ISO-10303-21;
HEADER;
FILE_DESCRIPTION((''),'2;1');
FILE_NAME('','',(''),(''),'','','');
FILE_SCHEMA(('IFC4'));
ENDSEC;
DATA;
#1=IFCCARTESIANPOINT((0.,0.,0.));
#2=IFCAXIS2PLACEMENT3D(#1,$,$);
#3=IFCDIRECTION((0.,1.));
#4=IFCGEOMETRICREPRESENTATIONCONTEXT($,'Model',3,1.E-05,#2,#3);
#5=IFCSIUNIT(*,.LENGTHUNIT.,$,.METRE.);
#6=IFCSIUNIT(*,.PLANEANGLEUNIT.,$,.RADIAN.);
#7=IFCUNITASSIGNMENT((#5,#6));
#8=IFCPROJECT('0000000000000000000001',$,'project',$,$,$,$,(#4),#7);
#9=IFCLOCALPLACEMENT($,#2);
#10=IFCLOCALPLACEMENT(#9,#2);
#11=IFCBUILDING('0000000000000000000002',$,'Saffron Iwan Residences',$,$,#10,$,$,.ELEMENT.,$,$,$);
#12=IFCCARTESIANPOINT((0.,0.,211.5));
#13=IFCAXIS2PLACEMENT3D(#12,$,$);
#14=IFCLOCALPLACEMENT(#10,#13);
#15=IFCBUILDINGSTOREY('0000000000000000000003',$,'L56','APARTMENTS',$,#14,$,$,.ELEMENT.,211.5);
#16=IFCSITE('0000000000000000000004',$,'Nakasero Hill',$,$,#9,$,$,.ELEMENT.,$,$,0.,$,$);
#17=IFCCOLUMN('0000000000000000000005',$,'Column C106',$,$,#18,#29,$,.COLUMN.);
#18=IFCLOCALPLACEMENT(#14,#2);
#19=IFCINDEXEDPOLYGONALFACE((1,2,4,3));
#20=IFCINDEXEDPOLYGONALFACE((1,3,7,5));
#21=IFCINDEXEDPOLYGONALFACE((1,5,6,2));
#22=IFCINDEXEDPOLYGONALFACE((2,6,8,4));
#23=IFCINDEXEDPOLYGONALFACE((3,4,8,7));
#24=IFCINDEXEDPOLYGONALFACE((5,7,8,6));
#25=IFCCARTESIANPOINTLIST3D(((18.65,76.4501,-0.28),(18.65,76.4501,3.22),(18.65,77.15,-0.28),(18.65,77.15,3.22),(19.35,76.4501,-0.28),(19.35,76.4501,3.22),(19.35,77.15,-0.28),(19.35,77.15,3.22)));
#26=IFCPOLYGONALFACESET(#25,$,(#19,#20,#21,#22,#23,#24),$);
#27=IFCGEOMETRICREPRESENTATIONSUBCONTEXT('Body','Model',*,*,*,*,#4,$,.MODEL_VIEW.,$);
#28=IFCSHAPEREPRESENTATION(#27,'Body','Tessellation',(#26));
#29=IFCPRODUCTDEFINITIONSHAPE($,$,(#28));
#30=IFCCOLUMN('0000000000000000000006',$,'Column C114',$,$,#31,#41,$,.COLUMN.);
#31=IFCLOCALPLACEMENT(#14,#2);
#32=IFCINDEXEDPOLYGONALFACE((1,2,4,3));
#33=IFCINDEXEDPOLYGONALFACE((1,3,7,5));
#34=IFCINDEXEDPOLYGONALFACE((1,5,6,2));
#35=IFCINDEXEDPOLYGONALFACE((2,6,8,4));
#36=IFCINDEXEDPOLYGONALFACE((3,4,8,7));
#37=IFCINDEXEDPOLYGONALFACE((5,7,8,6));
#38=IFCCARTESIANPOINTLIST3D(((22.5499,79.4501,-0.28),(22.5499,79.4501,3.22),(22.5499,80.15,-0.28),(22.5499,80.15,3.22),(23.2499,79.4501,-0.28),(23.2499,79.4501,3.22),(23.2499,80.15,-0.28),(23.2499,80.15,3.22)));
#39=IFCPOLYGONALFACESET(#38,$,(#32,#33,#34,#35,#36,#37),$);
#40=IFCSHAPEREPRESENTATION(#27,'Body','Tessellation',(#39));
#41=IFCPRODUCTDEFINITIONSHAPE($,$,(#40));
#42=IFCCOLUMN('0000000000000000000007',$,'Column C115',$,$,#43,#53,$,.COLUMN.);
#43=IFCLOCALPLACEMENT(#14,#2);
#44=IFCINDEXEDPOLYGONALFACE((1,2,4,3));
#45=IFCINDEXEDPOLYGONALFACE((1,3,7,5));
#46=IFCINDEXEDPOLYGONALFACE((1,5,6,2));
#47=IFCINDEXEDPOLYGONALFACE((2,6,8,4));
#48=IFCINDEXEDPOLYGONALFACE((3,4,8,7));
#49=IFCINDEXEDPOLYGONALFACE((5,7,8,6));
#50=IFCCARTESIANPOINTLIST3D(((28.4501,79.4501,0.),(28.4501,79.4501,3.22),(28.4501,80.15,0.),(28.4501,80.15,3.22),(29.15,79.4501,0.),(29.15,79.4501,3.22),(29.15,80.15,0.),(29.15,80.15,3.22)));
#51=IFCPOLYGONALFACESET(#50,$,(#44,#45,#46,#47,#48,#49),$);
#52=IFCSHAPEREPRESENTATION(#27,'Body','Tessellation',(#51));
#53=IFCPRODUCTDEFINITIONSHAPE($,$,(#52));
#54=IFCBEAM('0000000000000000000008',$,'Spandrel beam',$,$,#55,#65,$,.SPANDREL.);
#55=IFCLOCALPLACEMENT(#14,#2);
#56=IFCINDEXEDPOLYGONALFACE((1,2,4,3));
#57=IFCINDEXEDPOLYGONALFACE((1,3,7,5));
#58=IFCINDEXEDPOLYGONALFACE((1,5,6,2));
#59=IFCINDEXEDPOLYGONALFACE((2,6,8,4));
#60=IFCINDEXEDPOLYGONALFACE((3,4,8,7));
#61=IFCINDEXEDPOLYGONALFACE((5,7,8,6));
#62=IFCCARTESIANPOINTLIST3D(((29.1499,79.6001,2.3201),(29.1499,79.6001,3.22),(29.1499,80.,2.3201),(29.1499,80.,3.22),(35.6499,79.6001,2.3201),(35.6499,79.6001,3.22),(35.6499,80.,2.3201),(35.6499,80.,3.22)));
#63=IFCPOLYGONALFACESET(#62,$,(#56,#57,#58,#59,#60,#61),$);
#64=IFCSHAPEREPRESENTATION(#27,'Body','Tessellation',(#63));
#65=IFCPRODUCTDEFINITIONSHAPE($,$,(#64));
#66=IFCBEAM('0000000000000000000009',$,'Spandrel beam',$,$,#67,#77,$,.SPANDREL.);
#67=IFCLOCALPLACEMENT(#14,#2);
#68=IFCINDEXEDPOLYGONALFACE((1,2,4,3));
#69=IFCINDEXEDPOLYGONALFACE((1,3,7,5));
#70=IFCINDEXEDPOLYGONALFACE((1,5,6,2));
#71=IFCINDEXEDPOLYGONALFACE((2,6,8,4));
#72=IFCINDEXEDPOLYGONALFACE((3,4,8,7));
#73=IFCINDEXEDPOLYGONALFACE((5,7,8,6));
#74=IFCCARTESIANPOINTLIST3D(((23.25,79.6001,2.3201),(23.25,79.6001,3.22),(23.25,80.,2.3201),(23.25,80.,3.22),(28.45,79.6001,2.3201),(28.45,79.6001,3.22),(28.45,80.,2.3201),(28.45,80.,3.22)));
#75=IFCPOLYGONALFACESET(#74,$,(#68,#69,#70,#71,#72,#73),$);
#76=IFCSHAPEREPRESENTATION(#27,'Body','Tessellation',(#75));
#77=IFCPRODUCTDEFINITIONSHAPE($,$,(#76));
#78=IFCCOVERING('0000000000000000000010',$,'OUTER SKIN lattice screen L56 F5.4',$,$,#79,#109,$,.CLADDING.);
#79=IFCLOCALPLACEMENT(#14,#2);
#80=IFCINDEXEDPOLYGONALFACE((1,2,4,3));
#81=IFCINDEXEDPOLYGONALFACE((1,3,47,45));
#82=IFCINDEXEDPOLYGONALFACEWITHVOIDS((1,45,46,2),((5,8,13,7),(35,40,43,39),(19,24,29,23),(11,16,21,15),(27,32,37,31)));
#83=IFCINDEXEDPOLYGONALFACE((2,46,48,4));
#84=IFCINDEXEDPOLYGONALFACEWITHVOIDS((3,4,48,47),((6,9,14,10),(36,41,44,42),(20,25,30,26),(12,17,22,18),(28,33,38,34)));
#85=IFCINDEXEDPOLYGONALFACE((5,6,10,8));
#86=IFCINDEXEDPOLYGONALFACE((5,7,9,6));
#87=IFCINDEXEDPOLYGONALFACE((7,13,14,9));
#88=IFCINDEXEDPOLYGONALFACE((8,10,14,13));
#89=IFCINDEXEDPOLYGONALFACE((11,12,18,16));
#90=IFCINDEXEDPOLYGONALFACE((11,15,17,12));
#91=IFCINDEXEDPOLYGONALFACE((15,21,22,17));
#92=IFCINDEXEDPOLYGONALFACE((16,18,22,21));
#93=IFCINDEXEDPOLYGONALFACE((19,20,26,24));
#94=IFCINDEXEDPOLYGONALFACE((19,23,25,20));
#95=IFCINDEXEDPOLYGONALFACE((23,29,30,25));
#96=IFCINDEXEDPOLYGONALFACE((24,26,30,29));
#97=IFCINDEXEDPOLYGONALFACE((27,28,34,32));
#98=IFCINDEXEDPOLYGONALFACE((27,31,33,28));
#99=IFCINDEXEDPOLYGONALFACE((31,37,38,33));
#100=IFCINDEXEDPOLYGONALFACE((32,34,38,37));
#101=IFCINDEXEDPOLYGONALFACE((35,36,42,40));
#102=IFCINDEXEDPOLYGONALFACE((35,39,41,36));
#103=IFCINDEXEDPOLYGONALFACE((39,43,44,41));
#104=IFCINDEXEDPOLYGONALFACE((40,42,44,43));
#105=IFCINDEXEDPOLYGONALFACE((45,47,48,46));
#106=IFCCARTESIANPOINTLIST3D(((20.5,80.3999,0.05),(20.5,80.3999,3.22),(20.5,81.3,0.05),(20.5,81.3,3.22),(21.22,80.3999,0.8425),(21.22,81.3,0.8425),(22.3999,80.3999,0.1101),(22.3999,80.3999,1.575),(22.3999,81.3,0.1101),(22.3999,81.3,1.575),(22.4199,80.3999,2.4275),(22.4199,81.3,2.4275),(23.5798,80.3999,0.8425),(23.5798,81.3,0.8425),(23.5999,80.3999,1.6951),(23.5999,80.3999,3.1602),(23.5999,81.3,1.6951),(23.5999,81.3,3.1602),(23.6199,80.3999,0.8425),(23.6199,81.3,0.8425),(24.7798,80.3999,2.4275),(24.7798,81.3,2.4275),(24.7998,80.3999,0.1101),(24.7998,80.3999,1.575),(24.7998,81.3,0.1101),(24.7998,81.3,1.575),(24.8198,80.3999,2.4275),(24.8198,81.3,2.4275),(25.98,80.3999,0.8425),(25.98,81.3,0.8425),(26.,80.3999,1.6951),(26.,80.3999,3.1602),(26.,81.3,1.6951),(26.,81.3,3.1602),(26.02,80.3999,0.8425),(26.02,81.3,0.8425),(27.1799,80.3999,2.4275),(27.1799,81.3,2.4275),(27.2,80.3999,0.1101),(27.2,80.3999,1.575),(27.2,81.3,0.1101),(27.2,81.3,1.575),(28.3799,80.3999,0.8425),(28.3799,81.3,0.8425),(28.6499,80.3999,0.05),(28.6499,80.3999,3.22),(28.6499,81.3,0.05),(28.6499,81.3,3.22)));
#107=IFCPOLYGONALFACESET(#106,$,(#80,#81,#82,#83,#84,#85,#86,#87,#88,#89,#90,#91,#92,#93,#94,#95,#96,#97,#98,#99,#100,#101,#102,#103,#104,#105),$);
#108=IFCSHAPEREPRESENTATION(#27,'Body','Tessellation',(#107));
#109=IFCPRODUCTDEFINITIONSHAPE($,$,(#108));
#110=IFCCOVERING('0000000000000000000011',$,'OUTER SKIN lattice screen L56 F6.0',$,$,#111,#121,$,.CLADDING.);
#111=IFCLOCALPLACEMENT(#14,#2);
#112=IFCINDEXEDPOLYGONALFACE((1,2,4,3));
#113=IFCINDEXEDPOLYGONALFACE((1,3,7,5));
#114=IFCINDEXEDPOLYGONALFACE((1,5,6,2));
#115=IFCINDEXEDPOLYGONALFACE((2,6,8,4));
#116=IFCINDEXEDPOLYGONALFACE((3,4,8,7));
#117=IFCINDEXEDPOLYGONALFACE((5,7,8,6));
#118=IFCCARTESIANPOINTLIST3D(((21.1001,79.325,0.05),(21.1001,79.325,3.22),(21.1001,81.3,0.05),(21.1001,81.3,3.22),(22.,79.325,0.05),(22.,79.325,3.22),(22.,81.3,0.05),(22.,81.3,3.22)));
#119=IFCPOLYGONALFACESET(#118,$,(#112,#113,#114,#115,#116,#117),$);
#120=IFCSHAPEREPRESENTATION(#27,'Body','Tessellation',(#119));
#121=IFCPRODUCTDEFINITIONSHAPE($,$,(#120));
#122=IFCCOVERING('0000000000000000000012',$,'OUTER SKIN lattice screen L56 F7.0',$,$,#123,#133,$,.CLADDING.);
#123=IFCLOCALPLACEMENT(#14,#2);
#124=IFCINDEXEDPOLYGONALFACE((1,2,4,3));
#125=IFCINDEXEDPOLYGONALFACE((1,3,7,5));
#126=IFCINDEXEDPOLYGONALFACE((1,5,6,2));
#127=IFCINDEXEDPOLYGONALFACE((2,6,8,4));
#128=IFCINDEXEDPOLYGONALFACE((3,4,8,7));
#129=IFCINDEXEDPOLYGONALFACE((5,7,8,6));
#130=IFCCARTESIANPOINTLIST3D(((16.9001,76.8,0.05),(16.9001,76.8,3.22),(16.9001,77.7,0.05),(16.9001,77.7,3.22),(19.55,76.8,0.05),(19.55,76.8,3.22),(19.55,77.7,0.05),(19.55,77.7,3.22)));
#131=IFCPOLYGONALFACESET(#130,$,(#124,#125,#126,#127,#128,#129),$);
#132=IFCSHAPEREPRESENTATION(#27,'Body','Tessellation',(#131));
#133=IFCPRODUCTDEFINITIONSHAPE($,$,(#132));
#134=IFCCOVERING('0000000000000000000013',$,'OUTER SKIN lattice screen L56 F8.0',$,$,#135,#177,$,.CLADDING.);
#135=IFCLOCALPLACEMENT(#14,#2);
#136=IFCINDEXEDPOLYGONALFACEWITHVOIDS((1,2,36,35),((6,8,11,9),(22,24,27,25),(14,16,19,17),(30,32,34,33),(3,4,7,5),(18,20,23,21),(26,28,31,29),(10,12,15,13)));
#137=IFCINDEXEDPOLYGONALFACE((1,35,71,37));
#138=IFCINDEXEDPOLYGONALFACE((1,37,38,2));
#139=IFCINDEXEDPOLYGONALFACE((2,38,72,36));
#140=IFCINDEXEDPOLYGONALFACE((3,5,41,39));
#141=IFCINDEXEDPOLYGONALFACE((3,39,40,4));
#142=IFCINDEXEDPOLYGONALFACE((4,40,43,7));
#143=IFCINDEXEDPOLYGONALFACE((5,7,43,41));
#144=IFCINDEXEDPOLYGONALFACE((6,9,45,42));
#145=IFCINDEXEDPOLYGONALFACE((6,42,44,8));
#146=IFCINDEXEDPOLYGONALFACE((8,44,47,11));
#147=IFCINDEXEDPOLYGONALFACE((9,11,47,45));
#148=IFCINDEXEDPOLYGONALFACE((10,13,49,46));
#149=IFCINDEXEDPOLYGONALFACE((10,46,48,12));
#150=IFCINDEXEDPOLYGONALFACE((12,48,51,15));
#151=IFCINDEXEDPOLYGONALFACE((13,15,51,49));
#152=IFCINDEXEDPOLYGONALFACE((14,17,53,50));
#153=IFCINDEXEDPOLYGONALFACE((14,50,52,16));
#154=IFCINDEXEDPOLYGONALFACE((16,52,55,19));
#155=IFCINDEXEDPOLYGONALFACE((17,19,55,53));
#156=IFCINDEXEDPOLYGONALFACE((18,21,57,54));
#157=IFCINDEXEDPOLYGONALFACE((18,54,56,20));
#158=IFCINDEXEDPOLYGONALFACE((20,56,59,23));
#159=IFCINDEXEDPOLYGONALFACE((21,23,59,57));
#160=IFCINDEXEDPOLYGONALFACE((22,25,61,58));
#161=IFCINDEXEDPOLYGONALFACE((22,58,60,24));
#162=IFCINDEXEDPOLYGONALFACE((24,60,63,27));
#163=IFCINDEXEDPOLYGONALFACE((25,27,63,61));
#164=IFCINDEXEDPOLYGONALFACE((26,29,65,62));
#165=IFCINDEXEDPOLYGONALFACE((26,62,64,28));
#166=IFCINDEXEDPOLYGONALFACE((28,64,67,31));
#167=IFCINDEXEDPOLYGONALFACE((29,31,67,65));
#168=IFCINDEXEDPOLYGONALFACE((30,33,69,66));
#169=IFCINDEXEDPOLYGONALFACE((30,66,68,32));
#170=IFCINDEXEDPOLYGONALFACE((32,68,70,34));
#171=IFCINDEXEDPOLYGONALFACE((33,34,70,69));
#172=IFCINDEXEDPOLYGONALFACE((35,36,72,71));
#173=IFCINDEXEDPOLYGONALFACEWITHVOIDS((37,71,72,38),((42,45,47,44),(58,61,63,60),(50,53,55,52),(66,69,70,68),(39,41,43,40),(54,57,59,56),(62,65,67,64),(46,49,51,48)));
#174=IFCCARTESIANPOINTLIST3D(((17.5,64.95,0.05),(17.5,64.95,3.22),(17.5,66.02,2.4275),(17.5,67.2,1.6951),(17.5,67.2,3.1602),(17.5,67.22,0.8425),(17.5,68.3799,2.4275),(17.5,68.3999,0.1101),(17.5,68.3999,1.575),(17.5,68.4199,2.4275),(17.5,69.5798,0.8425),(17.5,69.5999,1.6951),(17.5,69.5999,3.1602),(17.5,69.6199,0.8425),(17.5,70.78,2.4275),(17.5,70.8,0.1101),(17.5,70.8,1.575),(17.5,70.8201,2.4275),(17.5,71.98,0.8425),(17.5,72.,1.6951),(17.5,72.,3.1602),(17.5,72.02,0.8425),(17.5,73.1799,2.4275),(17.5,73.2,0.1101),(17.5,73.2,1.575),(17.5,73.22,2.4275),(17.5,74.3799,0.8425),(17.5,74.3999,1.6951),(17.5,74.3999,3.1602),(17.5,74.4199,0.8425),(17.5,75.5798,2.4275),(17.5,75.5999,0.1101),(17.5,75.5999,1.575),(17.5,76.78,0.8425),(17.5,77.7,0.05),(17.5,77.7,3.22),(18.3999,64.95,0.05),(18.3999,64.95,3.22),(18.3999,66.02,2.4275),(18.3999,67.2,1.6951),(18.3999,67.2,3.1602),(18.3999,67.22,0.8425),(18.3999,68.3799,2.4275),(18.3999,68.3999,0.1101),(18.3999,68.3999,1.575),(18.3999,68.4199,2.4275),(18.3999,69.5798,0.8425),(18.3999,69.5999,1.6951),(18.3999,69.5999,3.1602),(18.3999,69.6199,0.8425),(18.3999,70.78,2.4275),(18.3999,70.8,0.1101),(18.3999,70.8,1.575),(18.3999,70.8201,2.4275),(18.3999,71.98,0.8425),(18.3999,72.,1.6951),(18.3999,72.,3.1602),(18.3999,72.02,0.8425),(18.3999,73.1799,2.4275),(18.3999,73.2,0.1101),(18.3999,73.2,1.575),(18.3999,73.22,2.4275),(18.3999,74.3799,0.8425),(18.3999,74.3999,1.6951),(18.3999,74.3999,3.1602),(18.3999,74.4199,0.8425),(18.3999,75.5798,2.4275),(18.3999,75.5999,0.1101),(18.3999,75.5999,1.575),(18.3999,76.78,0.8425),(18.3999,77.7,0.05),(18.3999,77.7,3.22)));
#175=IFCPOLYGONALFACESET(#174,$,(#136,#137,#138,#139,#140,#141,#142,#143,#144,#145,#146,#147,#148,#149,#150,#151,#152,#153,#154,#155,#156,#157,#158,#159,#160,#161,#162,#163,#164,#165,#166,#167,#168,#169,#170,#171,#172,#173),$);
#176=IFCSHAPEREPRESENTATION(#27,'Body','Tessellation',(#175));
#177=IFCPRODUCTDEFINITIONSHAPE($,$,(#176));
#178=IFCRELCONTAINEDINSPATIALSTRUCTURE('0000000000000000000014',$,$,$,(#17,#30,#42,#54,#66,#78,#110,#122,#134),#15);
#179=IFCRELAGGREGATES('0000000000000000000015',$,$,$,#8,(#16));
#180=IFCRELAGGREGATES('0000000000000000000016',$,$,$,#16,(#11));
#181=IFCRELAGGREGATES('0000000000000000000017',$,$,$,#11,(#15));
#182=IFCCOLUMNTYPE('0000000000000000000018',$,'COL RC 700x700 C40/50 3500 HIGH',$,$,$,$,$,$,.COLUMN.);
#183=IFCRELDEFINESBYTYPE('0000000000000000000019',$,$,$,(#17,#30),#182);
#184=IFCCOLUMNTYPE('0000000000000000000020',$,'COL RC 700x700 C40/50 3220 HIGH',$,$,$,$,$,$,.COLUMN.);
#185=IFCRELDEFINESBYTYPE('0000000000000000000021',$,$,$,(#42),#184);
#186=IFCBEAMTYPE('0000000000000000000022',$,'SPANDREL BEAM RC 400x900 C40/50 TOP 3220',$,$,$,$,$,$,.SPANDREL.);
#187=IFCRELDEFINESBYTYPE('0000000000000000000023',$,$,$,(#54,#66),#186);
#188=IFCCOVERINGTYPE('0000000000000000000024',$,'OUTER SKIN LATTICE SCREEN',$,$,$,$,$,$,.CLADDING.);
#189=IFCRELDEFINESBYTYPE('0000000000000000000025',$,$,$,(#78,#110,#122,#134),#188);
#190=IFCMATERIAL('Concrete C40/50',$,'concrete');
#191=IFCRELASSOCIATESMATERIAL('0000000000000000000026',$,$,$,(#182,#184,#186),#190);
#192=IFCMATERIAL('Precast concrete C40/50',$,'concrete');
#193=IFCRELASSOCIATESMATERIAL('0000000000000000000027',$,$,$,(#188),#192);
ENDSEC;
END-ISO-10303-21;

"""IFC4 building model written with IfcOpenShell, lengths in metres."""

from ifc_helpers import new_model, si_unit, direction, frame, origin, origin_2d, place, context, subcontext, project, spatial, polyline, rectangle, outline, extrude, source, transform, mapped, material, material_profile, profile_set, type_object, element, save


model = new_model("IFC4")

# Units and contexts
model_context = context("Model", 3, precision=1e-05, world=origin(), true_north=direction((0.0, 1.0)))
body_context = subcontext(model_context, "Body", "Model", "MODEL_VIEW")
ifc_project = project(units=[si_unit("LENGTHUNIT", "METRE"), si_unit("PLANEANGLEUNIT", "RADIAN")], contexts=[model_context])

# Site, building, storey
site_placement = place(None, origin())
site = spatial("IfcSite", under=ifc_project, at=site_placement, Name="Nakasero Hill", CompositionType="ELEMENT", RefElevation=0.0)
building_placement = place(site_placement, origin())
building = spatial("IfcBuilding", under=site, at=building_placement, Name="Saffron Iwan Residences", CompositionType="ELEMENT")
storey_placement = place(building_placement, frame((0.0, 0.0, 211.5)))
storey = spatial("IfcBuildingStorey", under=building, at=storey_placement, Name="L56", Description="APARTMENTS", CompositionType="ELEMENT", Elevation=211.5)

# Columns
ifc_material_1 = material(Name="Concrete C40/50", Category="concrete")
ifc_material_profile_1 = material_profile(ifc_material_1, rectangle(XDim=0.7, YDim=0.7, at=origin_2d()), Name="RC 700x700")
ifc_profile_set_1 = profile_set([ifc_material_profile_1], Name="Concrete C40/50")
column_type_1 = type_object("IfcColumnType", Name="COL RC 700x700 C40/50 3500 HIGH", PredefinedType="COLUMN", material=ifc_profile_set_1)
shared_shape_1 = source(origin(), body_context, "Body", "SweptSolid", [
    extrude(rectangle(XDim=0.7, YDim=0.7, at=origin_2d()), origin(), (0.0, 0.0, 1.0), 3.5),
])
for number, where, z_axis, x_axis, name in (
    (1, (19.0, 76.8, -0.28), (0.0, 0.0, 1.0), (1.0, 0.0, 0.0), "Column C106"),
    (2, (22.8999, 79.8, -0.28), (0.0, 0.0, 1.0), (1.0, 0.0, 0.0), "Column C114"),
):
    element("IfcColumn", number, at=place(storey_placement, frame(where, z_axis=z_axis, x_axis=x_axis)), inside=storey, type_object=column_type_1, Name=name, PredefinedType="COLUMN", context=body_context, shape_type="MappedRepresentation", body=[
        mapped(shared_shape_1, transform((0.0, 0.0, 0.0))),
    ])
ifc_material_profile_2 = material_profile(ifc_material_1, rectangle(XDim=0.7, YDim=0.7, at=origin_2d()), Name="RC 700x700")
ifc_profile_set_2 = profile_set([ifc_material_profile_2], Name="Concrete C40/50")
column_type_2 = type_object("IfcColumnType", Name="COL RC 700x700 C40/50 3220 HIGH", PredefinedType="COLUMN", material=ifc_profile_set_2)
shared_shape_2 = source(origin(), body_context, "Body", "SweptSolid", [
    extrude(rectangle(XDim=0.7, YDim=0.7, at=origin_2d()), origin(), (0.0, 0.0, 1.0), 3.22),
])
column_placement = place(storey_placement, frame((28.8, 79.8, 0.0), z_axis=(0.0, 0.0, 1.0), x_axis=(1.0, 0.0, 0.0)))
element("IfcColumn", 3, at=column_placement, inside=storey, type_object=column_type_2, Name="Column C115", PredefinedType="COLUMN", context=body_context, shape_type="MappedRepresentation", body=[
    mapped(shared_shape_2, transform((0.0, 0.0, 0.0))),
])

# Beams
ifc_material_profile_3 = material_profile(ifc_material_1, rectangle(XDim=0.3999, YDim=0.8999, at=origin_2d()), Name="RC 400x900")
ifc_profile_set_3 = profile_set([ifc_material_profile_3], Name="Concrete C40/50")
beam_type = type_object("IfcBeamType", Name="SPANDREL BEAM RC 400x900 C40/50 TOP 3220", PredefinedType="SPANDREL", material=ifc_profile_set_3)
shared_shape_3 = source(origin(), body_context, "Body", "SweptSolid", [
    extrude(rectangle(XDim=0.3999, YDim=0.8999, at=origin_2d()), origin(), (0.0, 0.0, 1.0), 6.5),
])
beam_1_placement = place(storey_placement, frame((29.1499, 79.8, 2.77), z_axis=(1.0, 0.0, 0.0), x_axis=(0.0, 1.0, 0.0)))
element("IfcBeam", 4, at=beam_1_placement, inside=storey, type_object=beam_type, Name="Spandrel beam", PredefinedType="SPANDREL", context=body_context, shape_type="MappedRepresentation", body=[
    mapped(shared_shape_3, transform((0.0, 0.0, 0.0))),
])
shared_shape_4 = source(origin(), body_context, "Body", "SweptSolid", [
    extrude(rectangle(XDim=0.3999, YDim=0.8999, at=origin_2d()), origin(), (0.0, 0.0, 1.0), 5.2),
])
beam_2_placement = place(storey_placement, frame((23.25, 79.8, 2.77), z_axis=(1.0, 0.0, 0.0), x_axis=(0.0, 1.0, 0.0)))
element("IfcBeam", 5, at=beam_2_placement, inside=storey, type_object=beam_type, Name="Spandrel beam", PredefinedType="SPANDREL", context=body_context, shape_type="MappedRepresentation", body=[
    mapped(shared_shape_4, transform((0.0, 0.0, 0.0))),
])

# Coverings
ifc_material_2 = material(Name="Precast concrete C40/50", Category="concrete")
covering_type = type_object("IfcCoveringType", Name="OUTER SKIN LATTICE SCREEN", PredefinedType="CLADDING", material=ifc_material_2)
covering_1_placement = place(storey_placement, frame((28.6499, 80.3999, 0.05), z_axis=(0.0, 1.0, 0.0), x_axis=(-1.0, 0.0, 0.0)))
element("IfcCovering", 6, at=covering_1_placement, inside=storey, type_object=covering_type, Name="OUTER SKIN lattice screen L56 F5.4", PredefinedType="CLADDING", context=body_context, shape_type="SweptSolid", body=[
    extrude(outline(polyline([(0.0, 0.0), (8.1499, 0.0), (8.1499, 3.1699), (0.0, 3.1699), (0.0, 0.0)]), holes=[polyline([(0.27, 0.7925), (1.45, 0.0601), (2.6299, 0.7925), (1.45, 1.5249), (0.27, 0.7925)]), polyline([(2.6699, 0.7925), (3.8501, 0.0601), (5.03, 0.7925), (3.8501, 1.5249), (2.6699, 0.7925)]), polyline([(5.0701, 0.7925), (6.25, 0.0601), (7.4299, 0.7925), (6.25, 1.5249), (5.0701, 0.7925)]), polyline([(1.47, 2.3774), (2.6499, 1.645), (3.8301, 2.3774), (2.6499, 3.1101), (1.47, 2.3774)]), polyline([(3.8701, 2.3774), (5.05, 1.645), (6.23, 2.3774), (5.05, 3.1101), (3.8701, 2.3774)])]), origin(), (0.0, 0.0, 1.0), 0.9001),
])
covering_2_placement = place(storey_placement, frame((22.0, 81.3, 0.05), z_axis=(-1.0, 0.0, 0.0), x_axis=(0.0, -1.0, 0.0)))
element("IfcCovering", 7, at=covering_2_placement, inside=storey, type_object=covering_type, Name="OUTER SKIN lattice screen L56 F6.0", PredefinedType="CLADDING", context=body_context, shape_type="SweptSolid", body=[
    extrude(outline(polyline([(0.0, 0.0), (1.9751, 0.0), (1.9751, 3.1699), (0.0, 3.1699), (0.0, 0.0)])), origin(), (0.0, 0.0, 1.0), 0.8999),
])
covering_3_placement = place(storey_placement, frame((19.55, 76.8, 0.05), z_axis=(0.0, 1.0, 0.0), x_axis=(-1.0, 0.0, 0.0)))
element("IfcCovering", 8, at=covering_3_placement, inside=storey, type_object=covering_type, Name="OUTER SKIN lattice screen L56 F7.0", PredefinedType="CLADDING", context=body_context, shape_type="SweptSolid", body=[
    extrude(outline(polyline([(0.0, 0.0), (2.6499, 0.0), (2.6499, 3.1699), (0.0, 3.1699), (0.0, 0.0)])), origin(), (0.0, 0.0, 1.0), 0.8999),
])
covering_4_placement = place(storey_placement, frame((18.3999, 77.7, 0.05), z_axis=(-1.0, 0.0, 0.0), x_axis=(0.0, -1.0, 0.0)))
element("IfcCovering", 9, at=covering_4_placement, inside=storey, type_object=covering_type, Name="OUTER SKIN lattice screen L56 F8.0", PredefinedType="CLADDING", context=body_context, shape_type="SweptSolid", body=[
    extrude(outline(polyline([(0.0, 0.0), (12.75, 0.0), (12.75, 3.1699), (0.0, 3.1699), (0.0, 0.0)]), holes=[polyline([(0.9199, 0.7925), (2.1001, 0.0601), (3.28, 0.7925), (2.1001, 1.5249), (0.9199, 0.7925)]), polyline([(3.3201, 0.7925), (4.5, 0.0601), (5.6799, 0.7925), (4.5, 1.5249), (3.3201, 0.7925)]), polyline([(5.72, 0.7925), (6.8999, 0.0601), (8.0801, 0.7925), (6.8999, 1.5249), (5.72, 0.7925)]), polyline([(8.1201, 0.7925), (9.3, 0.0601), (10.48, 0.7925), (9.3, 1.5249), (8.1201, 0.7925)]), polyline([(2.1201, 2.3774), (3.3, 1.645), (4.48, 2.3774), (3.3, 3.1101), (2.1201, 2.3774)]), polyline([(4.52, 2.3774), (5.7, 1.645), (6.8799, 2.3774), (5.7, 3.1101), (4.52, 2.3774)]), polyline([(6.9199, 2.3774), (8.1001, 1.645), (9.28, 2.3774), (8.1001, 3.1101), (6.9199, 2.3774)]), polyline([(9.3201, 2.3774), (10.5, 1.645), (11.6799, 2.3774), (10.5, 3.1101), (9.3201, 2.3774)])]), origin(), (0.0, 0.0, 1.0), 0.8999),
])

save(model, "model.ifc")
